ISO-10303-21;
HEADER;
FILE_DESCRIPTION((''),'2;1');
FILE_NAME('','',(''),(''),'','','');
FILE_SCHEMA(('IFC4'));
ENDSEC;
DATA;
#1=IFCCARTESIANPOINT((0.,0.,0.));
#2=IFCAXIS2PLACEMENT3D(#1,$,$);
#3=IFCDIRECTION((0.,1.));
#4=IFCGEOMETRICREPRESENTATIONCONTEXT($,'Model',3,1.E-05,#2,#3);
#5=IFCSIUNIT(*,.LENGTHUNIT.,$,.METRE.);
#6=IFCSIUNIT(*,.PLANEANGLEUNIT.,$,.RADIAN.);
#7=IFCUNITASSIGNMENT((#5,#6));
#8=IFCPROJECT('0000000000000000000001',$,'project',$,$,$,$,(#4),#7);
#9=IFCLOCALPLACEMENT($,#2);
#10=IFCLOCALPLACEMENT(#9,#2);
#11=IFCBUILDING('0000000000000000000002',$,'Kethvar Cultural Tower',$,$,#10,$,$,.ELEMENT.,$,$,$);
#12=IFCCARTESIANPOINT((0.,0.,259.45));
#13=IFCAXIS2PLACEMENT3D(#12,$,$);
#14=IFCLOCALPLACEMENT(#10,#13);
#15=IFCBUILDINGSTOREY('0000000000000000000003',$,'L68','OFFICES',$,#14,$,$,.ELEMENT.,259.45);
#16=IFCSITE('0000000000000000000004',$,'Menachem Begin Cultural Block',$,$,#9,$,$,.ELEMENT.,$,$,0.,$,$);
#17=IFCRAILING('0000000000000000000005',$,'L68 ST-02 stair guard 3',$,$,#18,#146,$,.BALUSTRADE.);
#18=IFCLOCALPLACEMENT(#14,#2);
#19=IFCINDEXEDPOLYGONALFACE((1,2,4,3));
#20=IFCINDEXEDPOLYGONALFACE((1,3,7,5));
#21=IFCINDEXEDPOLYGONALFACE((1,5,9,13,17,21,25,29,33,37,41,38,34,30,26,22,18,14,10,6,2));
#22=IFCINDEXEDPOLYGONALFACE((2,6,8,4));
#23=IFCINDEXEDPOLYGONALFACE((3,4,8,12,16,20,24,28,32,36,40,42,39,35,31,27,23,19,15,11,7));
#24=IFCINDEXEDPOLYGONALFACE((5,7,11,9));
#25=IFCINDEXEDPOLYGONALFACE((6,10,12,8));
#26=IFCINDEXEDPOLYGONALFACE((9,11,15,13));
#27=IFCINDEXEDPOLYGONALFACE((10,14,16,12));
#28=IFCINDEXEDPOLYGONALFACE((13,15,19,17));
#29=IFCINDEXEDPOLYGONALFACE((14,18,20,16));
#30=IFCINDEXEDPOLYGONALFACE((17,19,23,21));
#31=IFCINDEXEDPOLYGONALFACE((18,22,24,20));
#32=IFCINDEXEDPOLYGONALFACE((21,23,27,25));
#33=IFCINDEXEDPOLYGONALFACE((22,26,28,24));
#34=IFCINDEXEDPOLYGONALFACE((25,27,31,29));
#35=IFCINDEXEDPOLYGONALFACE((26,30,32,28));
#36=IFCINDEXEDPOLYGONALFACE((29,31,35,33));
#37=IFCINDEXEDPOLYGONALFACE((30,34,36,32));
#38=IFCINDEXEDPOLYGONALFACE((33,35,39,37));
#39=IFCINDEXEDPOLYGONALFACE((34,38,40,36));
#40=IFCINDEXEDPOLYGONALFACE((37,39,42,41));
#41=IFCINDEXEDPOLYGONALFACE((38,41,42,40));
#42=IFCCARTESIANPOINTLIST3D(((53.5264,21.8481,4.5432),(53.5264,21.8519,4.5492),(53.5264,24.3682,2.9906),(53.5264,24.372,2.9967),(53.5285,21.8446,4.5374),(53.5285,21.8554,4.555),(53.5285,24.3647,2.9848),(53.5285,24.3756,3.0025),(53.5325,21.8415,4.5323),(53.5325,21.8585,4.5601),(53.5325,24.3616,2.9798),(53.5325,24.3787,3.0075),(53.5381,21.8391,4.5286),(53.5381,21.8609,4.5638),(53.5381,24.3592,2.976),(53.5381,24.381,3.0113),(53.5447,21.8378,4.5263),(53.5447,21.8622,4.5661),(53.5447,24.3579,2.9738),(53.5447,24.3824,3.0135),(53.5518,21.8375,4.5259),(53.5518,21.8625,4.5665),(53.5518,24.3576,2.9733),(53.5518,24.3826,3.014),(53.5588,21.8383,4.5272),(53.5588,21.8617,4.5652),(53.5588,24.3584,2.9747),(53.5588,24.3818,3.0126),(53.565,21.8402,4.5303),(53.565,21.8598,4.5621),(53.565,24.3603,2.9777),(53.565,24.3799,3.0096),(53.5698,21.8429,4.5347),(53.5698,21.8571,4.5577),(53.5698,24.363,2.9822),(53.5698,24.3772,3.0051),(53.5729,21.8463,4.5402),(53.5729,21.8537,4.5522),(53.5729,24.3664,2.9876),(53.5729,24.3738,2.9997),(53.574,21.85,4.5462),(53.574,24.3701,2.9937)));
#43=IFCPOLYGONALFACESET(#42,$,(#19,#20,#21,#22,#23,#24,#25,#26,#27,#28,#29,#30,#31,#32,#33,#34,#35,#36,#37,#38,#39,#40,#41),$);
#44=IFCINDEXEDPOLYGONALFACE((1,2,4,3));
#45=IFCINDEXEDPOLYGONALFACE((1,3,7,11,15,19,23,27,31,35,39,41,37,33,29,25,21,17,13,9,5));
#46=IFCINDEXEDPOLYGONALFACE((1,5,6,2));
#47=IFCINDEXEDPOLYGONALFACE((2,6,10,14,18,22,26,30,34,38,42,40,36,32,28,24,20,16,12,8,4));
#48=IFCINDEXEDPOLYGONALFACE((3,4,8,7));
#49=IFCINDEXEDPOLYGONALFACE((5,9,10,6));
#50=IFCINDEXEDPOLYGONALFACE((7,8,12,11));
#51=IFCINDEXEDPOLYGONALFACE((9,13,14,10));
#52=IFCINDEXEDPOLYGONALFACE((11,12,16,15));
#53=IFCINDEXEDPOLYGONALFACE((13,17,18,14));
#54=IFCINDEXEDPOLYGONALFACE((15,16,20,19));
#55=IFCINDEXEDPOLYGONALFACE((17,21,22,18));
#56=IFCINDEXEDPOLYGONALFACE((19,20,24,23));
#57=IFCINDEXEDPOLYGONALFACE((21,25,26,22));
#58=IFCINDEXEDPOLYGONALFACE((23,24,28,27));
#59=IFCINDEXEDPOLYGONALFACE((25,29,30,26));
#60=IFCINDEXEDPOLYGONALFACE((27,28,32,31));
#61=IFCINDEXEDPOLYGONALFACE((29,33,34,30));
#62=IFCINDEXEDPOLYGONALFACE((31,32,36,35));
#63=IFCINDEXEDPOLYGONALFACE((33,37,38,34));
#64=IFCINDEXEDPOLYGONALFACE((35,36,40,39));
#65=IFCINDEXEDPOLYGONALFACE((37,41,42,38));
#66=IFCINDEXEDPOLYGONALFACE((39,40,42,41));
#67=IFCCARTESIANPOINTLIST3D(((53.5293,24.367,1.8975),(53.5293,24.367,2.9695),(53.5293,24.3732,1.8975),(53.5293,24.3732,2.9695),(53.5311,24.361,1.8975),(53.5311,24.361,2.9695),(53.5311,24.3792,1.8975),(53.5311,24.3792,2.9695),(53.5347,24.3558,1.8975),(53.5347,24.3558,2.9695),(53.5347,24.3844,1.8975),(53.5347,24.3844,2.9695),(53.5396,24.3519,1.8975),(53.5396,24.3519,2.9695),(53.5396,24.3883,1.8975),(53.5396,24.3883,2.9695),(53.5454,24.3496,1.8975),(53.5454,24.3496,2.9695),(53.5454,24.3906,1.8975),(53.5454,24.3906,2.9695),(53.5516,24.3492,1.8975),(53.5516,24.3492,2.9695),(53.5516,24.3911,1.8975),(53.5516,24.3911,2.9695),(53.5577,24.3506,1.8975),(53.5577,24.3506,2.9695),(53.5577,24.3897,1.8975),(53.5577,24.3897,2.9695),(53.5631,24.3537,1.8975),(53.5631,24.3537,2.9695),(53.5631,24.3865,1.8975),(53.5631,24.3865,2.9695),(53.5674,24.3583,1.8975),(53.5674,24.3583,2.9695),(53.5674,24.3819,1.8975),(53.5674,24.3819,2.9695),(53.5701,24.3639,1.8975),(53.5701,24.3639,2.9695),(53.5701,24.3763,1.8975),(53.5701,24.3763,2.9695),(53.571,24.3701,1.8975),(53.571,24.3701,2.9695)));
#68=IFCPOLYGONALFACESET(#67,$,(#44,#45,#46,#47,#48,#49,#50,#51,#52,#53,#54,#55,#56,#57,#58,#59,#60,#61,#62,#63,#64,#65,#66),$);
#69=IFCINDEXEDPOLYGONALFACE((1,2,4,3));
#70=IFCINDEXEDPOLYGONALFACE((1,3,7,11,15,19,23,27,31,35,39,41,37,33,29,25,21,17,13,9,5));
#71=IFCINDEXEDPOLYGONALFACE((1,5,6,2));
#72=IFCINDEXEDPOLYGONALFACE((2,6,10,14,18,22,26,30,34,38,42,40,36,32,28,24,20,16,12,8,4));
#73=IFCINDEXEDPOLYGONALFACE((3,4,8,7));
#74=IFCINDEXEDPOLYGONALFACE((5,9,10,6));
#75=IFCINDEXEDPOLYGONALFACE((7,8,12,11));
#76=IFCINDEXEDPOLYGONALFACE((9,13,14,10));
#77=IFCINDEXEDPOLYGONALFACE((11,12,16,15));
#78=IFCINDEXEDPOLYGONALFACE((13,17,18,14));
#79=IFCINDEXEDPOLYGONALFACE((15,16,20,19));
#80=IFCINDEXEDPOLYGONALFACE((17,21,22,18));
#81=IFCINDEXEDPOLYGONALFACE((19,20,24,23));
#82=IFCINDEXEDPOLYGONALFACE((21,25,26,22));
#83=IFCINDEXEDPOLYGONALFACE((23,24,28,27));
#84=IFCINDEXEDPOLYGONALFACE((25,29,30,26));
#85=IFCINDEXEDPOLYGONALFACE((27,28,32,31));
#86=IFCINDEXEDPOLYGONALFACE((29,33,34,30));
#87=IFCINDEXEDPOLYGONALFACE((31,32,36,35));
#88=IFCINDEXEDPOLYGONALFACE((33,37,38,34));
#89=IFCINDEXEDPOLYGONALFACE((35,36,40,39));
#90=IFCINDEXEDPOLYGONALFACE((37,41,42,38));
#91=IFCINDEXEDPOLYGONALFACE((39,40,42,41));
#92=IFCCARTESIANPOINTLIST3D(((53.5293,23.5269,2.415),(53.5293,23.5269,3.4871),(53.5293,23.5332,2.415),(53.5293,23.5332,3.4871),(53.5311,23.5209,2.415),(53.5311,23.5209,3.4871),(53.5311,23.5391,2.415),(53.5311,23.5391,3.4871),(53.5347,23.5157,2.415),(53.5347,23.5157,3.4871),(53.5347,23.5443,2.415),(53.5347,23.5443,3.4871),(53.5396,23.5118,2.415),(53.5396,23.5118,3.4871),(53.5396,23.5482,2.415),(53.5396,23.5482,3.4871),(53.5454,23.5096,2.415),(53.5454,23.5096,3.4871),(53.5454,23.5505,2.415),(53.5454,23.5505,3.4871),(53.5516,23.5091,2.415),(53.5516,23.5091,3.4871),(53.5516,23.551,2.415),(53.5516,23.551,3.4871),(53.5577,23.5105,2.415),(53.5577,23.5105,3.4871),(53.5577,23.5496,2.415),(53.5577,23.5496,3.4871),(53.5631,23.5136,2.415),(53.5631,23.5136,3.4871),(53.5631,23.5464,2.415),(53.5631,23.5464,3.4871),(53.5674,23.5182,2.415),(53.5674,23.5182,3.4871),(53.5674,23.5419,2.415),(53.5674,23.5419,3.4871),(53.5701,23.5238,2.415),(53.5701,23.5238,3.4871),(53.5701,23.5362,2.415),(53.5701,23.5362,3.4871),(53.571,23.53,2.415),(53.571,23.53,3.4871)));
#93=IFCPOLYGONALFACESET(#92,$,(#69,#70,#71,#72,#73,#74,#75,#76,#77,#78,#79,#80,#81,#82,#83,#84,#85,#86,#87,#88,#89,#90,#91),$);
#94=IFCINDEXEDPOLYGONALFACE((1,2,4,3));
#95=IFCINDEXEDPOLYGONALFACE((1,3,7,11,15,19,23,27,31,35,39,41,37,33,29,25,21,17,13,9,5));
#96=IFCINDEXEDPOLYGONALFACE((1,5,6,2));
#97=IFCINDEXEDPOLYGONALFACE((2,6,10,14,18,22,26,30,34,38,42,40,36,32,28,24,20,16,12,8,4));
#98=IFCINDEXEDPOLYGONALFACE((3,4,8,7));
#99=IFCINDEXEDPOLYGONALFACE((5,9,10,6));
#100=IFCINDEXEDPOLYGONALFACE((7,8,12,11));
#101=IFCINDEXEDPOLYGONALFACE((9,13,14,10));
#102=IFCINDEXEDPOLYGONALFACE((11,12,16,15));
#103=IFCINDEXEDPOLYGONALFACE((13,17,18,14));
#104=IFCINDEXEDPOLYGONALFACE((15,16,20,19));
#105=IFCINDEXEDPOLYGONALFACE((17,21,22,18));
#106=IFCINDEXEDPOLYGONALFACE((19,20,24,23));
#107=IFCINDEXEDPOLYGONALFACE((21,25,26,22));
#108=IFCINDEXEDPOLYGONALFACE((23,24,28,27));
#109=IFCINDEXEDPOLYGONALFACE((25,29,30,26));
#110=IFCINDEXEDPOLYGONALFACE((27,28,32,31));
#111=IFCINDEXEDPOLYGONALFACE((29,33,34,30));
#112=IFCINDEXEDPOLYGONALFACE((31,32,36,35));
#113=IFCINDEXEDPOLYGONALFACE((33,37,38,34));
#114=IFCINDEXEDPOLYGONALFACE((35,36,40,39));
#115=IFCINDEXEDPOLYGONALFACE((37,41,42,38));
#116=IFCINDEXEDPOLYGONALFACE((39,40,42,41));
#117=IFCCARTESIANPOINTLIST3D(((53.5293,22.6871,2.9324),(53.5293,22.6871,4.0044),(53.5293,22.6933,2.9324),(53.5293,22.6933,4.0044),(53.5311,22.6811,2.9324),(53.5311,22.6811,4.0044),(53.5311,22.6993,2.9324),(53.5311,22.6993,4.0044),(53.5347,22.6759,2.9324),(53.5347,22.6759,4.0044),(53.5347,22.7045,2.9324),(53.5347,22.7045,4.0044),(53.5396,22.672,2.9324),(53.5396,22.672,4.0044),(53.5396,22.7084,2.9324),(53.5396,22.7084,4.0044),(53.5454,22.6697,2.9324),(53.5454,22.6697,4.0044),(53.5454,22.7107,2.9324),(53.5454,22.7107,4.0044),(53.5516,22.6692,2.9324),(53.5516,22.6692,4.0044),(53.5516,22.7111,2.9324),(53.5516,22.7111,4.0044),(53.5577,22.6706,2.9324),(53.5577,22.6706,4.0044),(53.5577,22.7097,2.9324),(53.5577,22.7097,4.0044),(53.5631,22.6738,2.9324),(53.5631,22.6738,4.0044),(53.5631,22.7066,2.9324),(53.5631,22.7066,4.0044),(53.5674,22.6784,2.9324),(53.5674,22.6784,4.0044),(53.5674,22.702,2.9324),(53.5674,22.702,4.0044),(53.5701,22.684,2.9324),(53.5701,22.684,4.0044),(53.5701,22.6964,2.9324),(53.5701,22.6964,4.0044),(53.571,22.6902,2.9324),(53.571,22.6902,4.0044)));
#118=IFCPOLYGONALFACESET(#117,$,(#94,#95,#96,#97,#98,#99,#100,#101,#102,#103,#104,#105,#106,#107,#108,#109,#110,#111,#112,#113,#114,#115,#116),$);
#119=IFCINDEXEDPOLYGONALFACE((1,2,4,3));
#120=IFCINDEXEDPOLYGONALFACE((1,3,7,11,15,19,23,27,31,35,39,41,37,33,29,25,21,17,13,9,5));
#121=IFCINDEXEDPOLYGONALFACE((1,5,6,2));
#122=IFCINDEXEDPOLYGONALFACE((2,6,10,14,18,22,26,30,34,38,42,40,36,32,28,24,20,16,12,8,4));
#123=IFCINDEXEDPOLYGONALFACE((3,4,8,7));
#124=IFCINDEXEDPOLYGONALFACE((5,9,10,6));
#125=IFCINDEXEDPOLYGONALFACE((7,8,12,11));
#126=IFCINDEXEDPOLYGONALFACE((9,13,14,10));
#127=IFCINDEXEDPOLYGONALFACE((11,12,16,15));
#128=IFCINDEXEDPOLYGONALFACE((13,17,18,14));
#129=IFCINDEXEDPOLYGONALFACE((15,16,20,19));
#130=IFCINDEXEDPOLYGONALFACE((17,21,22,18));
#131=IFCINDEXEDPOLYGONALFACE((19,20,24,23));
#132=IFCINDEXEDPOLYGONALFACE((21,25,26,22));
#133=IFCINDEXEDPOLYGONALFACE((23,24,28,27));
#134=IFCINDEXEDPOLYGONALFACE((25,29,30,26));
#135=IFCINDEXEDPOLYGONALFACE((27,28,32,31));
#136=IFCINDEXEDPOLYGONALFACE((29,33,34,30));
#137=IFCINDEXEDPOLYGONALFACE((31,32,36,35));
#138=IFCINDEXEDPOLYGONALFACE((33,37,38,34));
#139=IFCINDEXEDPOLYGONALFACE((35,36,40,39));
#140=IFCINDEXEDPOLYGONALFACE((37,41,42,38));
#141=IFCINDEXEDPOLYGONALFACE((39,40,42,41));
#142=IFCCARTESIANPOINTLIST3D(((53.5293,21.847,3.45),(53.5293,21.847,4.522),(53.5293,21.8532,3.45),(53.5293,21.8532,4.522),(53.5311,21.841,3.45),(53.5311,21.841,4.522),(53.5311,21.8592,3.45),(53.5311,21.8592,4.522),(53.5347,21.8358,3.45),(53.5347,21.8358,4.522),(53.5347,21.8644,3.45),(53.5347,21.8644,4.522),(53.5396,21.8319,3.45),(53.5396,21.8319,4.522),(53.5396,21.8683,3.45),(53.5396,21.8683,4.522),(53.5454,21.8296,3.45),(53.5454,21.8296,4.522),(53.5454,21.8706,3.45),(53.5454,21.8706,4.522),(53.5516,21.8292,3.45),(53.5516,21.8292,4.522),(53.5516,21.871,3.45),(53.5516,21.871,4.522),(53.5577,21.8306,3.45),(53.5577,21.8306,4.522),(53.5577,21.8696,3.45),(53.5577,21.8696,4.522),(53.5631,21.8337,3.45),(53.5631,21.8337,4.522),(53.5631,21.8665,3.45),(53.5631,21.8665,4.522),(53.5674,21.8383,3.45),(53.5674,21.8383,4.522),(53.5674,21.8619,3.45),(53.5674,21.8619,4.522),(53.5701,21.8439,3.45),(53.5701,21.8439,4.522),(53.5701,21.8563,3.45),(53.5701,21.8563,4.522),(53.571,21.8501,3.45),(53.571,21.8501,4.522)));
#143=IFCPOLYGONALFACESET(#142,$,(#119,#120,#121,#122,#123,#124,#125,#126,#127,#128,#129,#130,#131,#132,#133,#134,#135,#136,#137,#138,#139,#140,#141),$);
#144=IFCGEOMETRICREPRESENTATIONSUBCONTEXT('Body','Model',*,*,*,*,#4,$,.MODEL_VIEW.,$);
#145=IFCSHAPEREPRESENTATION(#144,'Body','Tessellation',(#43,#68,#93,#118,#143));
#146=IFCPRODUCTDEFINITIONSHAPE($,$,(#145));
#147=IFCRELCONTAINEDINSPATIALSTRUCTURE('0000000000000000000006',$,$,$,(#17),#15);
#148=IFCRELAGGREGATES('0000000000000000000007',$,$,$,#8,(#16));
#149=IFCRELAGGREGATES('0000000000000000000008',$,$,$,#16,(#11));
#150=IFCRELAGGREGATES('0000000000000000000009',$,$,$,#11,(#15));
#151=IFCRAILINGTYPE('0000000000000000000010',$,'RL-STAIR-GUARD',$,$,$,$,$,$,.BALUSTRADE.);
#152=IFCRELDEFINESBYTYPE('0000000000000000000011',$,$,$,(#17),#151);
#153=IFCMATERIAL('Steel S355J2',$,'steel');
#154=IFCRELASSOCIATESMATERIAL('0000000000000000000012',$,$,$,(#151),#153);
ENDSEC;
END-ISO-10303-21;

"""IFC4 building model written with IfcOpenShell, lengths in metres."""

from ifc_helpers import new_model, si_unit, direction, frame, origin, origin_2d, place, context, subcontext, project, spatial, circle, extrude, material, type_object, element, save


model = new_model("IFC4")

# Units and contexts
model_context = context("Model", 3, precision=1e-05, world=origin(), true_north=direction((0.0, 1.0)))
body_context = subcontext(model_context, "Body", "Model", "MODEL_VIEW")
ifc_project = project(units=[si_unit("LENGTHUNIT", "METRE"), si_unit("PLANEANGLEUNIT", "RADIAN")], contexts=[model_context])

# Site, building, storey
site_placement = place(None, origin())
site = spatial("IfcSite", under=ifc_project, at=site_placement, Name="Menachem Begin Cultural Block", CompositionType="ELEMENT", RefElevation=0.0)
building_placement = place(site_placement, origin())
building = spatial("IfcBuilding", under=site, at=building_placement, Name="Kethvar Cultural Tower", CompositionType="ELEMENT")
storey_placement = place(building_placement, frame((0.0, 0.0, 259.45)))
storey = spatial("IfcBuildingStorey", under=building, at=storey_placement, Name="L68", Description="OFFICES", CompositionType="ELEMENT", Elevation=259.45)

# Shared definitions
ifc_material_1 = material(Name="Steel S355J2", Category="steel")

# Railing
railing_type_1 = type_object("IfcRailingType", Name="RL-STAIR-GUARD", PredefinedType="BALUSTRADE", material=ifc_material_1)
railing_1_placement = place(storey_placement, frame((53.55, 24.3701, 1.8975)))
element("IfcRailing", 1, at=railing_1_placement, inside=storey, type_object=railing_type_1, Name="L68 ST-02 stair guard 3", PredefinedType="BALUSTRADE", context=body_context, shape_type="SweptSolid", body=[
    extrude(circle(Radius=0.0239, at=origin_2d()), frame((0.0, 0.0, 1.0962), z_axis=(0.0, -0.8514, 0.524516), x_axis=(1.0, 0.0, 0.0)), (0.0, 0.0, 1.0), 2.96),
    extrude(circle(Radius=0.021, at=origin_2d()), origin(), (0.0, 0.0, 1.0), 1.072),
    extrude(circle(Radius=0.021, at=origin_2d()), frame((0.0, -0.8401, 0.5176)), (0.0, 0.0, 1.0), 1.072),
    extrude(circle(Radius=0.021, at=origin_2d()), frame((0.0, -1.6799, 1.0349)), (0.0, 0.0, 1.0), 1.072),
    extrude(circle(Radius=0.021, at=origin_2d()), frame((0.0, -2.52, 1.5525)), (0.0, 0.0, 1.0), 1.072),
])

save(model, "model.ifc")
